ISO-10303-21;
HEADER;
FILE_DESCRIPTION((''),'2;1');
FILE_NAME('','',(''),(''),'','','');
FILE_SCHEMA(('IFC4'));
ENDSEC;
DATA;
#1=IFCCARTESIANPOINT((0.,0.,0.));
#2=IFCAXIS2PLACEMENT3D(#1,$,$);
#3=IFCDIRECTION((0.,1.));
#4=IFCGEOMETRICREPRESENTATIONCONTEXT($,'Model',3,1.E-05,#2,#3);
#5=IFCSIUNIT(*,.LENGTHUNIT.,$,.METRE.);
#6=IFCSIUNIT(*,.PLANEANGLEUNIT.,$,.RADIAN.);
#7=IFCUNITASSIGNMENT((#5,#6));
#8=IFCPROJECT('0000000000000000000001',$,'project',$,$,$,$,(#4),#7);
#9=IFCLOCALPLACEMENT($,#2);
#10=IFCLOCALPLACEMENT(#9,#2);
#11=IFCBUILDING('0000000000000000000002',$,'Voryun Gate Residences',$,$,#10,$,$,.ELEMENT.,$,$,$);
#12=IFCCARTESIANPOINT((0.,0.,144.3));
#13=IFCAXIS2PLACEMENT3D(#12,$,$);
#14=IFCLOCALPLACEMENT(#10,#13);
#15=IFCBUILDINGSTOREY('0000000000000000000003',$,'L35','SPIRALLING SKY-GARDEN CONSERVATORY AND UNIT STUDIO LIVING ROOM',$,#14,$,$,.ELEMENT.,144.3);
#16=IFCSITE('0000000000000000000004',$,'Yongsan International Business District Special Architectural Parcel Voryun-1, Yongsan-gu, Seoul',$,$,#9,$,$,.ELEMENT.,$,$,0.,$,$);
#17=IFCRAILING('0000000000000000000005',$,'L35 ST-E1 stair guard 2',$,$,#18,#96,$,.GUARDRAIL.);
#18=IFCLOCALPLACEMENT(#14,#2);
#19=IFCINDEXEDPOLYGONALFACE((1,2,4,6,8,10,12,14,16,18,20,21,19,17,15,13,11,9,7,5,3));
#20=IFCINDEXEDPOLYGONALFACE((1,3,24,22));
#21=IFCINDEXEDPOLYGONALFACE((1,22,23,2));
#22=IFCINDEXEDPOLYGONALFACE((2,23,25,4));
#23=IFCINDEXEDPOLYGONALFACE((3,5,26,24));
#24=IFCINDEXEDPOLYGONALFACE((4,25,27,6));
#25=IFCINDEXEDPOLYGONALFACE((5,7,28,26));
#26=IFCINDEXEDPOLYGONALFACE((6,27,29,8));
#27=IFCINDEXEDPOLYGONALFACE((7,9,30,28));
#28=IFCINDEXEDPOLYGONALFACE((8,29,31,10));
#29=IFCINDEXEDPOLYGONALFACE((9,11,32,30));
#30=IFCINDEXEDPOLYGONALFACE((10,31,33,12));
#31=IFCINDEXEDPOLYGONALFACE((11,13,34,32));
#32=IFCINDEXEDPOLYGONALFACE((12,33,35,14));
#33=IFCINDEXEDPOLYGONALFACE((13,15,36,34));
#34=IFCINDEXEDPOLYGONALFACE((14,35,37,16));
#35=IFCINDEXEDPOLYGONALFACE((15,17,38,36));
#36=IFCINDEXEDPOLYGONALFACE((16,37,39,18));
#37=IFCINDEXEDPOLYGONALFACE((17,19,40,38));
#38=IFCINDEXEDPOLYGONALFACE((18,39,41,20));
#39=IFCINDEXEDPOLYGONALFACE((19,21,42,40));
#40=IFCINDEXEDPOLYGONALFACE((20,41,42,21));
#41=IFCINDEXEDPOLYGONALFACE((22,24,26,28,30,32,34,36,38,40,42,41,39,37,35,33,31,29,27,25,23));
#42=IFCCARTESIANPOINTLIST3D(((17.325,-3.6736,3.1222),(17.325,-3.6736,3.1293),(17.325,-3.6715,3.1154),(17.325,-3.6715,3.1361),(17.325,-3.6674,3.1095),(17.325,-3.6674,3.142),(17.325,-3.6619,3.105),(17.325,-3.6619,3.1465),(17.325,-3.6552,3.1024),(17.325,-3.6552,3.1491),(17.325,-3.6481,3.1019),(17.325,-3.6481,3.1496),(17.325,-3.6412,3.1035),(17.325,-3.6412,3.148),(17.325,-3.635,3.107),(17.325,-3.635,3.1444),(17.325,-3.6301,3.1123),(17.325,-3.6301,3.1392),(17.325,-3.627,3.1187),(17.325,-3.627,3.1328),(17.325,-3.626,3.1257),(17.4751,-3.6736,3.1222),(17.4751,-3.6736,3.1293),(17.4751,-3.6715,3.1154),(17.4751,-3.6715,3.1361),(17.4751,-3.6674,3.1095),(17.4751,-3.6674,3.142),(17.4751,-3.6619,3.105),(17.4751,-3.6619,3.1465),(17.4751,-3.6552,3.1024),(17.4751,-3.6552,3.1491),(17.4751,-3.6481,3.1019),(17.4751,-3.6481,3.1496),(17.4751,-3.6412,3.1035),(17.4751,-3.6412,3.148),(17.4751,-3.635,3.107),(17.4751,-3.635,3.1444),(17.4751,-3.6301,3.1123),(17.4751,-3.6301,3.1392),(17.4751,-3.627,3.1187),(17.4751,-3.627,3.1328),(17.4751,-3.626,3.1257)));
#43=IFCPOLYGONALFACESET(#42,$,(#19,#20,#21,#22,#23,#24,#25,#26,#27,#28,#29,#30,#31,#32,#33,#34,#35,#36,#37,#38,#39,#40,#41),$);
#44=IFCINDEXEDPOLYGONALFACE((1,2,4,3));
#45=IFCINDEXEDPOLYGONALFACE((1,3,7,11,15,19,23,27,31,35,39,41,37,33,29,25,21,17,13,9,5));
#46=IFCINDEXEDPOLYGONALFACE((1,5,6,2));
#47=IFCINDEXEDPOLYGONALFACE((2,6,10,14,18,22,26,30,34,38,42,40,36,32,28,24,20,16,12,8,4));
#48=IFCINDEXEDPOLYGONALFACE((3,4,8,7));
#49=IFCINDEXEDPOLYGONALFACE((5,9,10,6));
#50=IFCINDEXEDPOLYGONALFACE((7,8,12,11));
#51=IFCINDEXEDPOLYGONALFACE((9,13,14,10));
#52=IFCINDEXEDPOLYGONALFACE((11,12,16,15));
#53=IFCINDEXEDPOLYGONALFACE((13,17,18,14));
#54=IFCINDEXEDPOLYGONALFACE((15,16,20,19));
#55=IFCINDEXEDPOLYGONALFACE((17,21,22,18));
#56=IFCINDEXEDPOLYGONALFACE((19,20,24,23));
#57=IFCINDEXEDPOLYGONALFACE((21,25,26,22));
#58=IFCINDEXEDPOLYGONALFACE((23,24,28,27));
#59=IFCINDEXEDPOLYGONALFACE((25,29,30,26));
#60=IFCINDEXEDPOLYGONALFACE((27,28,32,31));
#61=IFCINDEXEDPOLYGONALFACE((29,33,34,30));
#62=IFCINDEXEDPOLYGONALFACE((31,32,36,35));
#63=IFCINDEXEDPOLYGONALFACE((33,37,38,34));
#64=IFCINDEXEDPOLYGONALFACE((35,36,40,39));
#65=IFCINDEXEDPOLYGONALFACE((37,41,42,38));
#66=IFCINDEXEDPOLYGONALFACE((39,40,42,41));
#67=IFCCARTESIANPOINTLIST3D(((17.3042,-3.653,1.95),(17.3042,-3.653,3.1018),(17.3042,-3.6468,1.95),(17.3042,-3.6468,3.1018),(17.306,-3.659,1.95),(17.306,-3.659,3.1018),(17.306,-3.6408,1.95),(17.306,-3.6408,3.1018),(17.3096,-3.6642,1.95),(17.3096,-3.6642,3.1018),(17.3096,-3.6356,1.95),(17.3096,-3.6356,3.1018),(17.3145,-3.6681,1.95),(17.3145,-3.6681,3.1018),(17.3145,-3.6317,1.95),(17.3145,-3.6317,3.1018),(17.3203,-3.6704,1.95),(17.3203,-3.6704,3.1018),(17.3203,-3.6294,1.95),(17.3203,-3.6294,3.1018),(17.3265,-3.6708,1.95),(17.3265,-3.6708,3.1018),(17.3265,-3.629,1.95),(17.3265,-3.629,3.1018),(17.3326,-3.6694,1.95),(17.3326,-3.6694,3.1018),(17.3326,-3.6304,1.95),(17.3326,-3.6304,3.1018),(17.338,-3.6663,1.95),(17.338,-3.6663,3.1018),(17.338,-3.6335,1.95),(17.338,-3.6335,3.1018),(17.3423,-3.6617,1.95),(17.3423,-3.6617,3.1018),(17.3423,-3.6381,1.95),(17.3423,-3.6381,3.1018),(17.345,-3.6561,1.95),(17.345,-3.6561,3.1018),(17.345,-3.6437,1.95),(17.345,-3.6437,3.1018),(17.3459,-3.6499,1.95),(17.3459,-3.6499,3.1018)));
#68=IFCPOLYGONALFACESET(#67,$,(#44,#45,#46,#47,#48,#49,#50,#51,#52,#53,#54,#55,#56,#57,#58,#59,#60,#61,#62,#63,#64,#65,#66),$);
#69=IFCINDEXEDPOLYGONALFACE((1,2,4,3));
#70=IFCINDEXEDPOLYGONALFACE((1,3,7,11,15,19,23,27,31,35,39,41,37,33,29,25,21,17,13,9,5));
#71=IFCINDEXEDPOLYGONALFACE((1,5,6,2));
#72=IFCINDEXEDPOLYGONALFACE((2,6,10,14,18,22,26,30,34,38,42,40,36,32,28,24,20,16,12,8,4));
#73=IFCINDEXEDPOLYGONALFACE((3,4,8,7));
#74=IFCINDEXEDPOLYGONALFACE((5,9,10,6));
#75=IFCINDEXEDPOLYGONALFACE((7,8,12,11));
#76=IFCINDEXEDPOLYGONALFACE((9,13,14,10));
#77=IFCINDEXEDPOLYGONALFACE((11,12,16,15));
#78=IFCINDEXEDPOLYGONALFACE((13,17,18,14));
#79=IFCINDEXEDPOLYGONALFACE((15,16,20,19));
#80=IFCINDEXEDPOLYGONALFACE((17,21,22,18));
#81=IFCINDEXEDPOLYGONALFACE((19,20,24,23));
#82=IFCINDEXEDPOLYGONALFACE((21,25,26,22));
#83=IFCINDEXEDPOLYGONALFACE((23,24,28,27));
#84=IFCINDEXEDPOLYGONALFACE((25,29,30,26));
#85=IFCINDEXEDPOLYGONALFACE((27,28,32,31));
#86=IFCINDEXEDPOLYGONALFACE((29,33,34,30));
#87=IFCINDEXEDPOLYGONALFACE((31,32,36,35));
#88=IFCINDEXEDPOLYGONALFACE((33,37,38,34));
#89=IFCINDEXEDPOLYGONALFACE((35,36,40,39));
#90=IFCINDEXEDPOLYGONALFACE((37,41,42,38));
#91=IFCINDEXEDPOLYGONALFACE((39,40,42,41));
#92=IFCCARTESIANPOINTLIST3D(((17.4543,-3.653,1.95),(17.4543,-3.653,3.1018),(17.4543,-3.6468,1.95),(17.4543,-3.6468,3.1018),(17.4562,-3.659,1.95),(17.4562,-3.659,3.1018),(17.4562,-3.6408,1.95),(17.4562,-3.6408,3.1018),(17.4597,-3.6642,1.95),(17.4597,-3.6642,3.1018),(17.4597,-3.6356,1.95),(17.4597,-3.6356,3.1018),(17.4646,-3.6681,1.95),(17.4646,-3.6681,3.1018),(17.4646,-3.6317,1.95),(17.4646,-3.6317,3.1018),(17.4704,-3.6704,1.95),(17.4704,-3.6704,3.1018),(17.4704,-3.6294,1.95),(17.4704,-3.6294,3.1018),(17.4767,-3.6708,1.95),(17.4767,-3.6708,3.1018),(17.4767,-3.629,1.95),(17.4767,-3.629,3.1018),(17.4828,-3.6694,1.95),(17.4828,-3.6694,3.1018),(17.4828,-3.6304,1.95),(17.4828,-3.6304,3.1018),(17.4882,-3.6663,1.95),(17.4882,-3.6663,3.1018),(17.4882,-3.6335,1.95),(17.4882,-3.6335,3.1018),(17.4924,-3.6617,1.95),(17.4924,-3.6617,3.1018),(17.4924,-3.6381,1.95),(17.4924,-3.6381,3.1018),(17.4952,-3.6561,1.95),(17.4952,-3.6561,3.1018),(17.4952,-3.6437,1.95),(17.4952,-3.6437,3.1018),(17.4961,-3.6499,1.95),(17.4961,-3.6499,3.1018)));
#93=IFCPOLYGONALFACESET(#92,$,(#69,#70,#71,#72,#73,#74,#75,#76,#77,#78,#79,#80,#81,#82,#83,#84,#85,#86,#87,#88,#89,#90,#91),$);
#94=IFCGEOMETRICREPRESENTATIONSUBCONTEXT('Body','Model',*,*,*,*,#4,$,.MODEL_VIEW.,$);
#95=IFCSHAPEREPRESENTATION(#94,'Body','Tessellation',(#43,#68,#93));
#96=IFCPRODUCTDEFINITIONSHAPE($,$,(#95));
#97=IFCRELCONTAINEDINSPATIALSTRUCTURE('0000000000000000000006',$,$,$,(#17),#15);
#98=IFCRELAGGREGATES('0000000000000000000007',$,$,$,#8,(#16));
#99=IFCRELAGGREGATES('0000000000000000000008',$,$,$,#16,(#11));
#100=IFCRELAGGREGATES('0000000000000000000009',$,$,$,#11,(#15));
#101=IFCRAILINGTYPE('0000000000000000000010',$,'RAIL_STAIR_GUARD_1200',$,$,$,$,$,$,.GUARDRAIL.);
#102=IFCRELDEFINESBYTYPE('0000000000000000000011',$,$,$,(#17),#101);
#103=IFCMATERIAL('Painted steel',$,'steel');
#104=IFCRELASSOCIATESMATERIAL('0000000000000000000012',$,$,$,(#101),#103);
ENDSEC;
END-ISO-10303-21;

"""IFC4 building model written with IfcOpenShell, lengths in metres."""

from ifc_helpers import new_model, si_unit, direction, frame, origin, origin_2d, place, context, subcontext, project, spatial, circle, extrude, material, type_object, element, save


model = new_model("IFC4")

# Units and contexts
model_context = context("Model", 3, precision=1e-05, world=origin(), true_north=direction((0.0, 1.0)))
body_context = subcontext(model_context, "Body", "Model", "MODEL_VIEW")
ifc_project = project(units=[si_unit("LENGTHUNIT", "METRE"), si_unit("PLANEANGLEUNIT", "RADIAN")], contexts=[model_context])

# Site, building, storey
site_placement = place(None, origin())
site = spatial("IfcSite", under=ifc_project, at=site_placement, Name="Yongsan International Business District Special Architectural Parcel Voryun-1, Yongsan-gu, Seoul", CompositionType="ELEMENT", RefElevation=0.0)
building_placement = place(site_placement, origin())
building = spatial("IfcBuilding", under=site, at=building_placement, Name="Voryun Gate Residences", CompositionType="ELEMENT")
storey_placement = place(building_placement, frame((0.0, 0.0, 144.3)))
storey = spatial("IfcBuildingStorey", under=building, at=storey_placement, Name="L35", Description="SPIRALLING SKY-GARDEN CONSERVATORY AND UNIT STUDIO LIVING ROOM", CompositionType="ELEMENT", Elevation=144.3)

# Railing
ifc_material_1 = material(Name="Painted steel", Category="steel")
railing_type_1 = type_object("IfcRailingType", Name="RAIL_STAIR_GUARD_1200", PredefinedType="GUARDRAIL", material=ifc_material_1)
railing_1_placement = place(storey_placement, frame((17.325, -3.6499, 1.95)))
element("IfcRailing", 1, at=railing_1_placement, inside=storey, type_object=railing_type_1, Name="L35 ST-E1 stair guard 2", PredefinedType="GUARDRAIL", context=body_context, shape_type="SweptSolid", body=[
    extrude(circle(Radius=0.0239, at=origin_2d()), frame((0.0, 0.0, 1.1758), z_axis=(1.0, 0.0, 0.0), x_axis=(0.0, 1.0, 0.0)), (0.0, 0.0, 1.0), 0.1501),
    extrude(circle(Radius=0.021, at=origin_2d()), origin(), (0.0, 0.0, 1.0), 1.1519),
    extrude(circle(Radius=0.021, at=origin_2d()), frame((0.1501, 0.0, 0.0)), (0.0, 0.0, 1.0), 1.1519),
])

save(model, "model.ifc")
